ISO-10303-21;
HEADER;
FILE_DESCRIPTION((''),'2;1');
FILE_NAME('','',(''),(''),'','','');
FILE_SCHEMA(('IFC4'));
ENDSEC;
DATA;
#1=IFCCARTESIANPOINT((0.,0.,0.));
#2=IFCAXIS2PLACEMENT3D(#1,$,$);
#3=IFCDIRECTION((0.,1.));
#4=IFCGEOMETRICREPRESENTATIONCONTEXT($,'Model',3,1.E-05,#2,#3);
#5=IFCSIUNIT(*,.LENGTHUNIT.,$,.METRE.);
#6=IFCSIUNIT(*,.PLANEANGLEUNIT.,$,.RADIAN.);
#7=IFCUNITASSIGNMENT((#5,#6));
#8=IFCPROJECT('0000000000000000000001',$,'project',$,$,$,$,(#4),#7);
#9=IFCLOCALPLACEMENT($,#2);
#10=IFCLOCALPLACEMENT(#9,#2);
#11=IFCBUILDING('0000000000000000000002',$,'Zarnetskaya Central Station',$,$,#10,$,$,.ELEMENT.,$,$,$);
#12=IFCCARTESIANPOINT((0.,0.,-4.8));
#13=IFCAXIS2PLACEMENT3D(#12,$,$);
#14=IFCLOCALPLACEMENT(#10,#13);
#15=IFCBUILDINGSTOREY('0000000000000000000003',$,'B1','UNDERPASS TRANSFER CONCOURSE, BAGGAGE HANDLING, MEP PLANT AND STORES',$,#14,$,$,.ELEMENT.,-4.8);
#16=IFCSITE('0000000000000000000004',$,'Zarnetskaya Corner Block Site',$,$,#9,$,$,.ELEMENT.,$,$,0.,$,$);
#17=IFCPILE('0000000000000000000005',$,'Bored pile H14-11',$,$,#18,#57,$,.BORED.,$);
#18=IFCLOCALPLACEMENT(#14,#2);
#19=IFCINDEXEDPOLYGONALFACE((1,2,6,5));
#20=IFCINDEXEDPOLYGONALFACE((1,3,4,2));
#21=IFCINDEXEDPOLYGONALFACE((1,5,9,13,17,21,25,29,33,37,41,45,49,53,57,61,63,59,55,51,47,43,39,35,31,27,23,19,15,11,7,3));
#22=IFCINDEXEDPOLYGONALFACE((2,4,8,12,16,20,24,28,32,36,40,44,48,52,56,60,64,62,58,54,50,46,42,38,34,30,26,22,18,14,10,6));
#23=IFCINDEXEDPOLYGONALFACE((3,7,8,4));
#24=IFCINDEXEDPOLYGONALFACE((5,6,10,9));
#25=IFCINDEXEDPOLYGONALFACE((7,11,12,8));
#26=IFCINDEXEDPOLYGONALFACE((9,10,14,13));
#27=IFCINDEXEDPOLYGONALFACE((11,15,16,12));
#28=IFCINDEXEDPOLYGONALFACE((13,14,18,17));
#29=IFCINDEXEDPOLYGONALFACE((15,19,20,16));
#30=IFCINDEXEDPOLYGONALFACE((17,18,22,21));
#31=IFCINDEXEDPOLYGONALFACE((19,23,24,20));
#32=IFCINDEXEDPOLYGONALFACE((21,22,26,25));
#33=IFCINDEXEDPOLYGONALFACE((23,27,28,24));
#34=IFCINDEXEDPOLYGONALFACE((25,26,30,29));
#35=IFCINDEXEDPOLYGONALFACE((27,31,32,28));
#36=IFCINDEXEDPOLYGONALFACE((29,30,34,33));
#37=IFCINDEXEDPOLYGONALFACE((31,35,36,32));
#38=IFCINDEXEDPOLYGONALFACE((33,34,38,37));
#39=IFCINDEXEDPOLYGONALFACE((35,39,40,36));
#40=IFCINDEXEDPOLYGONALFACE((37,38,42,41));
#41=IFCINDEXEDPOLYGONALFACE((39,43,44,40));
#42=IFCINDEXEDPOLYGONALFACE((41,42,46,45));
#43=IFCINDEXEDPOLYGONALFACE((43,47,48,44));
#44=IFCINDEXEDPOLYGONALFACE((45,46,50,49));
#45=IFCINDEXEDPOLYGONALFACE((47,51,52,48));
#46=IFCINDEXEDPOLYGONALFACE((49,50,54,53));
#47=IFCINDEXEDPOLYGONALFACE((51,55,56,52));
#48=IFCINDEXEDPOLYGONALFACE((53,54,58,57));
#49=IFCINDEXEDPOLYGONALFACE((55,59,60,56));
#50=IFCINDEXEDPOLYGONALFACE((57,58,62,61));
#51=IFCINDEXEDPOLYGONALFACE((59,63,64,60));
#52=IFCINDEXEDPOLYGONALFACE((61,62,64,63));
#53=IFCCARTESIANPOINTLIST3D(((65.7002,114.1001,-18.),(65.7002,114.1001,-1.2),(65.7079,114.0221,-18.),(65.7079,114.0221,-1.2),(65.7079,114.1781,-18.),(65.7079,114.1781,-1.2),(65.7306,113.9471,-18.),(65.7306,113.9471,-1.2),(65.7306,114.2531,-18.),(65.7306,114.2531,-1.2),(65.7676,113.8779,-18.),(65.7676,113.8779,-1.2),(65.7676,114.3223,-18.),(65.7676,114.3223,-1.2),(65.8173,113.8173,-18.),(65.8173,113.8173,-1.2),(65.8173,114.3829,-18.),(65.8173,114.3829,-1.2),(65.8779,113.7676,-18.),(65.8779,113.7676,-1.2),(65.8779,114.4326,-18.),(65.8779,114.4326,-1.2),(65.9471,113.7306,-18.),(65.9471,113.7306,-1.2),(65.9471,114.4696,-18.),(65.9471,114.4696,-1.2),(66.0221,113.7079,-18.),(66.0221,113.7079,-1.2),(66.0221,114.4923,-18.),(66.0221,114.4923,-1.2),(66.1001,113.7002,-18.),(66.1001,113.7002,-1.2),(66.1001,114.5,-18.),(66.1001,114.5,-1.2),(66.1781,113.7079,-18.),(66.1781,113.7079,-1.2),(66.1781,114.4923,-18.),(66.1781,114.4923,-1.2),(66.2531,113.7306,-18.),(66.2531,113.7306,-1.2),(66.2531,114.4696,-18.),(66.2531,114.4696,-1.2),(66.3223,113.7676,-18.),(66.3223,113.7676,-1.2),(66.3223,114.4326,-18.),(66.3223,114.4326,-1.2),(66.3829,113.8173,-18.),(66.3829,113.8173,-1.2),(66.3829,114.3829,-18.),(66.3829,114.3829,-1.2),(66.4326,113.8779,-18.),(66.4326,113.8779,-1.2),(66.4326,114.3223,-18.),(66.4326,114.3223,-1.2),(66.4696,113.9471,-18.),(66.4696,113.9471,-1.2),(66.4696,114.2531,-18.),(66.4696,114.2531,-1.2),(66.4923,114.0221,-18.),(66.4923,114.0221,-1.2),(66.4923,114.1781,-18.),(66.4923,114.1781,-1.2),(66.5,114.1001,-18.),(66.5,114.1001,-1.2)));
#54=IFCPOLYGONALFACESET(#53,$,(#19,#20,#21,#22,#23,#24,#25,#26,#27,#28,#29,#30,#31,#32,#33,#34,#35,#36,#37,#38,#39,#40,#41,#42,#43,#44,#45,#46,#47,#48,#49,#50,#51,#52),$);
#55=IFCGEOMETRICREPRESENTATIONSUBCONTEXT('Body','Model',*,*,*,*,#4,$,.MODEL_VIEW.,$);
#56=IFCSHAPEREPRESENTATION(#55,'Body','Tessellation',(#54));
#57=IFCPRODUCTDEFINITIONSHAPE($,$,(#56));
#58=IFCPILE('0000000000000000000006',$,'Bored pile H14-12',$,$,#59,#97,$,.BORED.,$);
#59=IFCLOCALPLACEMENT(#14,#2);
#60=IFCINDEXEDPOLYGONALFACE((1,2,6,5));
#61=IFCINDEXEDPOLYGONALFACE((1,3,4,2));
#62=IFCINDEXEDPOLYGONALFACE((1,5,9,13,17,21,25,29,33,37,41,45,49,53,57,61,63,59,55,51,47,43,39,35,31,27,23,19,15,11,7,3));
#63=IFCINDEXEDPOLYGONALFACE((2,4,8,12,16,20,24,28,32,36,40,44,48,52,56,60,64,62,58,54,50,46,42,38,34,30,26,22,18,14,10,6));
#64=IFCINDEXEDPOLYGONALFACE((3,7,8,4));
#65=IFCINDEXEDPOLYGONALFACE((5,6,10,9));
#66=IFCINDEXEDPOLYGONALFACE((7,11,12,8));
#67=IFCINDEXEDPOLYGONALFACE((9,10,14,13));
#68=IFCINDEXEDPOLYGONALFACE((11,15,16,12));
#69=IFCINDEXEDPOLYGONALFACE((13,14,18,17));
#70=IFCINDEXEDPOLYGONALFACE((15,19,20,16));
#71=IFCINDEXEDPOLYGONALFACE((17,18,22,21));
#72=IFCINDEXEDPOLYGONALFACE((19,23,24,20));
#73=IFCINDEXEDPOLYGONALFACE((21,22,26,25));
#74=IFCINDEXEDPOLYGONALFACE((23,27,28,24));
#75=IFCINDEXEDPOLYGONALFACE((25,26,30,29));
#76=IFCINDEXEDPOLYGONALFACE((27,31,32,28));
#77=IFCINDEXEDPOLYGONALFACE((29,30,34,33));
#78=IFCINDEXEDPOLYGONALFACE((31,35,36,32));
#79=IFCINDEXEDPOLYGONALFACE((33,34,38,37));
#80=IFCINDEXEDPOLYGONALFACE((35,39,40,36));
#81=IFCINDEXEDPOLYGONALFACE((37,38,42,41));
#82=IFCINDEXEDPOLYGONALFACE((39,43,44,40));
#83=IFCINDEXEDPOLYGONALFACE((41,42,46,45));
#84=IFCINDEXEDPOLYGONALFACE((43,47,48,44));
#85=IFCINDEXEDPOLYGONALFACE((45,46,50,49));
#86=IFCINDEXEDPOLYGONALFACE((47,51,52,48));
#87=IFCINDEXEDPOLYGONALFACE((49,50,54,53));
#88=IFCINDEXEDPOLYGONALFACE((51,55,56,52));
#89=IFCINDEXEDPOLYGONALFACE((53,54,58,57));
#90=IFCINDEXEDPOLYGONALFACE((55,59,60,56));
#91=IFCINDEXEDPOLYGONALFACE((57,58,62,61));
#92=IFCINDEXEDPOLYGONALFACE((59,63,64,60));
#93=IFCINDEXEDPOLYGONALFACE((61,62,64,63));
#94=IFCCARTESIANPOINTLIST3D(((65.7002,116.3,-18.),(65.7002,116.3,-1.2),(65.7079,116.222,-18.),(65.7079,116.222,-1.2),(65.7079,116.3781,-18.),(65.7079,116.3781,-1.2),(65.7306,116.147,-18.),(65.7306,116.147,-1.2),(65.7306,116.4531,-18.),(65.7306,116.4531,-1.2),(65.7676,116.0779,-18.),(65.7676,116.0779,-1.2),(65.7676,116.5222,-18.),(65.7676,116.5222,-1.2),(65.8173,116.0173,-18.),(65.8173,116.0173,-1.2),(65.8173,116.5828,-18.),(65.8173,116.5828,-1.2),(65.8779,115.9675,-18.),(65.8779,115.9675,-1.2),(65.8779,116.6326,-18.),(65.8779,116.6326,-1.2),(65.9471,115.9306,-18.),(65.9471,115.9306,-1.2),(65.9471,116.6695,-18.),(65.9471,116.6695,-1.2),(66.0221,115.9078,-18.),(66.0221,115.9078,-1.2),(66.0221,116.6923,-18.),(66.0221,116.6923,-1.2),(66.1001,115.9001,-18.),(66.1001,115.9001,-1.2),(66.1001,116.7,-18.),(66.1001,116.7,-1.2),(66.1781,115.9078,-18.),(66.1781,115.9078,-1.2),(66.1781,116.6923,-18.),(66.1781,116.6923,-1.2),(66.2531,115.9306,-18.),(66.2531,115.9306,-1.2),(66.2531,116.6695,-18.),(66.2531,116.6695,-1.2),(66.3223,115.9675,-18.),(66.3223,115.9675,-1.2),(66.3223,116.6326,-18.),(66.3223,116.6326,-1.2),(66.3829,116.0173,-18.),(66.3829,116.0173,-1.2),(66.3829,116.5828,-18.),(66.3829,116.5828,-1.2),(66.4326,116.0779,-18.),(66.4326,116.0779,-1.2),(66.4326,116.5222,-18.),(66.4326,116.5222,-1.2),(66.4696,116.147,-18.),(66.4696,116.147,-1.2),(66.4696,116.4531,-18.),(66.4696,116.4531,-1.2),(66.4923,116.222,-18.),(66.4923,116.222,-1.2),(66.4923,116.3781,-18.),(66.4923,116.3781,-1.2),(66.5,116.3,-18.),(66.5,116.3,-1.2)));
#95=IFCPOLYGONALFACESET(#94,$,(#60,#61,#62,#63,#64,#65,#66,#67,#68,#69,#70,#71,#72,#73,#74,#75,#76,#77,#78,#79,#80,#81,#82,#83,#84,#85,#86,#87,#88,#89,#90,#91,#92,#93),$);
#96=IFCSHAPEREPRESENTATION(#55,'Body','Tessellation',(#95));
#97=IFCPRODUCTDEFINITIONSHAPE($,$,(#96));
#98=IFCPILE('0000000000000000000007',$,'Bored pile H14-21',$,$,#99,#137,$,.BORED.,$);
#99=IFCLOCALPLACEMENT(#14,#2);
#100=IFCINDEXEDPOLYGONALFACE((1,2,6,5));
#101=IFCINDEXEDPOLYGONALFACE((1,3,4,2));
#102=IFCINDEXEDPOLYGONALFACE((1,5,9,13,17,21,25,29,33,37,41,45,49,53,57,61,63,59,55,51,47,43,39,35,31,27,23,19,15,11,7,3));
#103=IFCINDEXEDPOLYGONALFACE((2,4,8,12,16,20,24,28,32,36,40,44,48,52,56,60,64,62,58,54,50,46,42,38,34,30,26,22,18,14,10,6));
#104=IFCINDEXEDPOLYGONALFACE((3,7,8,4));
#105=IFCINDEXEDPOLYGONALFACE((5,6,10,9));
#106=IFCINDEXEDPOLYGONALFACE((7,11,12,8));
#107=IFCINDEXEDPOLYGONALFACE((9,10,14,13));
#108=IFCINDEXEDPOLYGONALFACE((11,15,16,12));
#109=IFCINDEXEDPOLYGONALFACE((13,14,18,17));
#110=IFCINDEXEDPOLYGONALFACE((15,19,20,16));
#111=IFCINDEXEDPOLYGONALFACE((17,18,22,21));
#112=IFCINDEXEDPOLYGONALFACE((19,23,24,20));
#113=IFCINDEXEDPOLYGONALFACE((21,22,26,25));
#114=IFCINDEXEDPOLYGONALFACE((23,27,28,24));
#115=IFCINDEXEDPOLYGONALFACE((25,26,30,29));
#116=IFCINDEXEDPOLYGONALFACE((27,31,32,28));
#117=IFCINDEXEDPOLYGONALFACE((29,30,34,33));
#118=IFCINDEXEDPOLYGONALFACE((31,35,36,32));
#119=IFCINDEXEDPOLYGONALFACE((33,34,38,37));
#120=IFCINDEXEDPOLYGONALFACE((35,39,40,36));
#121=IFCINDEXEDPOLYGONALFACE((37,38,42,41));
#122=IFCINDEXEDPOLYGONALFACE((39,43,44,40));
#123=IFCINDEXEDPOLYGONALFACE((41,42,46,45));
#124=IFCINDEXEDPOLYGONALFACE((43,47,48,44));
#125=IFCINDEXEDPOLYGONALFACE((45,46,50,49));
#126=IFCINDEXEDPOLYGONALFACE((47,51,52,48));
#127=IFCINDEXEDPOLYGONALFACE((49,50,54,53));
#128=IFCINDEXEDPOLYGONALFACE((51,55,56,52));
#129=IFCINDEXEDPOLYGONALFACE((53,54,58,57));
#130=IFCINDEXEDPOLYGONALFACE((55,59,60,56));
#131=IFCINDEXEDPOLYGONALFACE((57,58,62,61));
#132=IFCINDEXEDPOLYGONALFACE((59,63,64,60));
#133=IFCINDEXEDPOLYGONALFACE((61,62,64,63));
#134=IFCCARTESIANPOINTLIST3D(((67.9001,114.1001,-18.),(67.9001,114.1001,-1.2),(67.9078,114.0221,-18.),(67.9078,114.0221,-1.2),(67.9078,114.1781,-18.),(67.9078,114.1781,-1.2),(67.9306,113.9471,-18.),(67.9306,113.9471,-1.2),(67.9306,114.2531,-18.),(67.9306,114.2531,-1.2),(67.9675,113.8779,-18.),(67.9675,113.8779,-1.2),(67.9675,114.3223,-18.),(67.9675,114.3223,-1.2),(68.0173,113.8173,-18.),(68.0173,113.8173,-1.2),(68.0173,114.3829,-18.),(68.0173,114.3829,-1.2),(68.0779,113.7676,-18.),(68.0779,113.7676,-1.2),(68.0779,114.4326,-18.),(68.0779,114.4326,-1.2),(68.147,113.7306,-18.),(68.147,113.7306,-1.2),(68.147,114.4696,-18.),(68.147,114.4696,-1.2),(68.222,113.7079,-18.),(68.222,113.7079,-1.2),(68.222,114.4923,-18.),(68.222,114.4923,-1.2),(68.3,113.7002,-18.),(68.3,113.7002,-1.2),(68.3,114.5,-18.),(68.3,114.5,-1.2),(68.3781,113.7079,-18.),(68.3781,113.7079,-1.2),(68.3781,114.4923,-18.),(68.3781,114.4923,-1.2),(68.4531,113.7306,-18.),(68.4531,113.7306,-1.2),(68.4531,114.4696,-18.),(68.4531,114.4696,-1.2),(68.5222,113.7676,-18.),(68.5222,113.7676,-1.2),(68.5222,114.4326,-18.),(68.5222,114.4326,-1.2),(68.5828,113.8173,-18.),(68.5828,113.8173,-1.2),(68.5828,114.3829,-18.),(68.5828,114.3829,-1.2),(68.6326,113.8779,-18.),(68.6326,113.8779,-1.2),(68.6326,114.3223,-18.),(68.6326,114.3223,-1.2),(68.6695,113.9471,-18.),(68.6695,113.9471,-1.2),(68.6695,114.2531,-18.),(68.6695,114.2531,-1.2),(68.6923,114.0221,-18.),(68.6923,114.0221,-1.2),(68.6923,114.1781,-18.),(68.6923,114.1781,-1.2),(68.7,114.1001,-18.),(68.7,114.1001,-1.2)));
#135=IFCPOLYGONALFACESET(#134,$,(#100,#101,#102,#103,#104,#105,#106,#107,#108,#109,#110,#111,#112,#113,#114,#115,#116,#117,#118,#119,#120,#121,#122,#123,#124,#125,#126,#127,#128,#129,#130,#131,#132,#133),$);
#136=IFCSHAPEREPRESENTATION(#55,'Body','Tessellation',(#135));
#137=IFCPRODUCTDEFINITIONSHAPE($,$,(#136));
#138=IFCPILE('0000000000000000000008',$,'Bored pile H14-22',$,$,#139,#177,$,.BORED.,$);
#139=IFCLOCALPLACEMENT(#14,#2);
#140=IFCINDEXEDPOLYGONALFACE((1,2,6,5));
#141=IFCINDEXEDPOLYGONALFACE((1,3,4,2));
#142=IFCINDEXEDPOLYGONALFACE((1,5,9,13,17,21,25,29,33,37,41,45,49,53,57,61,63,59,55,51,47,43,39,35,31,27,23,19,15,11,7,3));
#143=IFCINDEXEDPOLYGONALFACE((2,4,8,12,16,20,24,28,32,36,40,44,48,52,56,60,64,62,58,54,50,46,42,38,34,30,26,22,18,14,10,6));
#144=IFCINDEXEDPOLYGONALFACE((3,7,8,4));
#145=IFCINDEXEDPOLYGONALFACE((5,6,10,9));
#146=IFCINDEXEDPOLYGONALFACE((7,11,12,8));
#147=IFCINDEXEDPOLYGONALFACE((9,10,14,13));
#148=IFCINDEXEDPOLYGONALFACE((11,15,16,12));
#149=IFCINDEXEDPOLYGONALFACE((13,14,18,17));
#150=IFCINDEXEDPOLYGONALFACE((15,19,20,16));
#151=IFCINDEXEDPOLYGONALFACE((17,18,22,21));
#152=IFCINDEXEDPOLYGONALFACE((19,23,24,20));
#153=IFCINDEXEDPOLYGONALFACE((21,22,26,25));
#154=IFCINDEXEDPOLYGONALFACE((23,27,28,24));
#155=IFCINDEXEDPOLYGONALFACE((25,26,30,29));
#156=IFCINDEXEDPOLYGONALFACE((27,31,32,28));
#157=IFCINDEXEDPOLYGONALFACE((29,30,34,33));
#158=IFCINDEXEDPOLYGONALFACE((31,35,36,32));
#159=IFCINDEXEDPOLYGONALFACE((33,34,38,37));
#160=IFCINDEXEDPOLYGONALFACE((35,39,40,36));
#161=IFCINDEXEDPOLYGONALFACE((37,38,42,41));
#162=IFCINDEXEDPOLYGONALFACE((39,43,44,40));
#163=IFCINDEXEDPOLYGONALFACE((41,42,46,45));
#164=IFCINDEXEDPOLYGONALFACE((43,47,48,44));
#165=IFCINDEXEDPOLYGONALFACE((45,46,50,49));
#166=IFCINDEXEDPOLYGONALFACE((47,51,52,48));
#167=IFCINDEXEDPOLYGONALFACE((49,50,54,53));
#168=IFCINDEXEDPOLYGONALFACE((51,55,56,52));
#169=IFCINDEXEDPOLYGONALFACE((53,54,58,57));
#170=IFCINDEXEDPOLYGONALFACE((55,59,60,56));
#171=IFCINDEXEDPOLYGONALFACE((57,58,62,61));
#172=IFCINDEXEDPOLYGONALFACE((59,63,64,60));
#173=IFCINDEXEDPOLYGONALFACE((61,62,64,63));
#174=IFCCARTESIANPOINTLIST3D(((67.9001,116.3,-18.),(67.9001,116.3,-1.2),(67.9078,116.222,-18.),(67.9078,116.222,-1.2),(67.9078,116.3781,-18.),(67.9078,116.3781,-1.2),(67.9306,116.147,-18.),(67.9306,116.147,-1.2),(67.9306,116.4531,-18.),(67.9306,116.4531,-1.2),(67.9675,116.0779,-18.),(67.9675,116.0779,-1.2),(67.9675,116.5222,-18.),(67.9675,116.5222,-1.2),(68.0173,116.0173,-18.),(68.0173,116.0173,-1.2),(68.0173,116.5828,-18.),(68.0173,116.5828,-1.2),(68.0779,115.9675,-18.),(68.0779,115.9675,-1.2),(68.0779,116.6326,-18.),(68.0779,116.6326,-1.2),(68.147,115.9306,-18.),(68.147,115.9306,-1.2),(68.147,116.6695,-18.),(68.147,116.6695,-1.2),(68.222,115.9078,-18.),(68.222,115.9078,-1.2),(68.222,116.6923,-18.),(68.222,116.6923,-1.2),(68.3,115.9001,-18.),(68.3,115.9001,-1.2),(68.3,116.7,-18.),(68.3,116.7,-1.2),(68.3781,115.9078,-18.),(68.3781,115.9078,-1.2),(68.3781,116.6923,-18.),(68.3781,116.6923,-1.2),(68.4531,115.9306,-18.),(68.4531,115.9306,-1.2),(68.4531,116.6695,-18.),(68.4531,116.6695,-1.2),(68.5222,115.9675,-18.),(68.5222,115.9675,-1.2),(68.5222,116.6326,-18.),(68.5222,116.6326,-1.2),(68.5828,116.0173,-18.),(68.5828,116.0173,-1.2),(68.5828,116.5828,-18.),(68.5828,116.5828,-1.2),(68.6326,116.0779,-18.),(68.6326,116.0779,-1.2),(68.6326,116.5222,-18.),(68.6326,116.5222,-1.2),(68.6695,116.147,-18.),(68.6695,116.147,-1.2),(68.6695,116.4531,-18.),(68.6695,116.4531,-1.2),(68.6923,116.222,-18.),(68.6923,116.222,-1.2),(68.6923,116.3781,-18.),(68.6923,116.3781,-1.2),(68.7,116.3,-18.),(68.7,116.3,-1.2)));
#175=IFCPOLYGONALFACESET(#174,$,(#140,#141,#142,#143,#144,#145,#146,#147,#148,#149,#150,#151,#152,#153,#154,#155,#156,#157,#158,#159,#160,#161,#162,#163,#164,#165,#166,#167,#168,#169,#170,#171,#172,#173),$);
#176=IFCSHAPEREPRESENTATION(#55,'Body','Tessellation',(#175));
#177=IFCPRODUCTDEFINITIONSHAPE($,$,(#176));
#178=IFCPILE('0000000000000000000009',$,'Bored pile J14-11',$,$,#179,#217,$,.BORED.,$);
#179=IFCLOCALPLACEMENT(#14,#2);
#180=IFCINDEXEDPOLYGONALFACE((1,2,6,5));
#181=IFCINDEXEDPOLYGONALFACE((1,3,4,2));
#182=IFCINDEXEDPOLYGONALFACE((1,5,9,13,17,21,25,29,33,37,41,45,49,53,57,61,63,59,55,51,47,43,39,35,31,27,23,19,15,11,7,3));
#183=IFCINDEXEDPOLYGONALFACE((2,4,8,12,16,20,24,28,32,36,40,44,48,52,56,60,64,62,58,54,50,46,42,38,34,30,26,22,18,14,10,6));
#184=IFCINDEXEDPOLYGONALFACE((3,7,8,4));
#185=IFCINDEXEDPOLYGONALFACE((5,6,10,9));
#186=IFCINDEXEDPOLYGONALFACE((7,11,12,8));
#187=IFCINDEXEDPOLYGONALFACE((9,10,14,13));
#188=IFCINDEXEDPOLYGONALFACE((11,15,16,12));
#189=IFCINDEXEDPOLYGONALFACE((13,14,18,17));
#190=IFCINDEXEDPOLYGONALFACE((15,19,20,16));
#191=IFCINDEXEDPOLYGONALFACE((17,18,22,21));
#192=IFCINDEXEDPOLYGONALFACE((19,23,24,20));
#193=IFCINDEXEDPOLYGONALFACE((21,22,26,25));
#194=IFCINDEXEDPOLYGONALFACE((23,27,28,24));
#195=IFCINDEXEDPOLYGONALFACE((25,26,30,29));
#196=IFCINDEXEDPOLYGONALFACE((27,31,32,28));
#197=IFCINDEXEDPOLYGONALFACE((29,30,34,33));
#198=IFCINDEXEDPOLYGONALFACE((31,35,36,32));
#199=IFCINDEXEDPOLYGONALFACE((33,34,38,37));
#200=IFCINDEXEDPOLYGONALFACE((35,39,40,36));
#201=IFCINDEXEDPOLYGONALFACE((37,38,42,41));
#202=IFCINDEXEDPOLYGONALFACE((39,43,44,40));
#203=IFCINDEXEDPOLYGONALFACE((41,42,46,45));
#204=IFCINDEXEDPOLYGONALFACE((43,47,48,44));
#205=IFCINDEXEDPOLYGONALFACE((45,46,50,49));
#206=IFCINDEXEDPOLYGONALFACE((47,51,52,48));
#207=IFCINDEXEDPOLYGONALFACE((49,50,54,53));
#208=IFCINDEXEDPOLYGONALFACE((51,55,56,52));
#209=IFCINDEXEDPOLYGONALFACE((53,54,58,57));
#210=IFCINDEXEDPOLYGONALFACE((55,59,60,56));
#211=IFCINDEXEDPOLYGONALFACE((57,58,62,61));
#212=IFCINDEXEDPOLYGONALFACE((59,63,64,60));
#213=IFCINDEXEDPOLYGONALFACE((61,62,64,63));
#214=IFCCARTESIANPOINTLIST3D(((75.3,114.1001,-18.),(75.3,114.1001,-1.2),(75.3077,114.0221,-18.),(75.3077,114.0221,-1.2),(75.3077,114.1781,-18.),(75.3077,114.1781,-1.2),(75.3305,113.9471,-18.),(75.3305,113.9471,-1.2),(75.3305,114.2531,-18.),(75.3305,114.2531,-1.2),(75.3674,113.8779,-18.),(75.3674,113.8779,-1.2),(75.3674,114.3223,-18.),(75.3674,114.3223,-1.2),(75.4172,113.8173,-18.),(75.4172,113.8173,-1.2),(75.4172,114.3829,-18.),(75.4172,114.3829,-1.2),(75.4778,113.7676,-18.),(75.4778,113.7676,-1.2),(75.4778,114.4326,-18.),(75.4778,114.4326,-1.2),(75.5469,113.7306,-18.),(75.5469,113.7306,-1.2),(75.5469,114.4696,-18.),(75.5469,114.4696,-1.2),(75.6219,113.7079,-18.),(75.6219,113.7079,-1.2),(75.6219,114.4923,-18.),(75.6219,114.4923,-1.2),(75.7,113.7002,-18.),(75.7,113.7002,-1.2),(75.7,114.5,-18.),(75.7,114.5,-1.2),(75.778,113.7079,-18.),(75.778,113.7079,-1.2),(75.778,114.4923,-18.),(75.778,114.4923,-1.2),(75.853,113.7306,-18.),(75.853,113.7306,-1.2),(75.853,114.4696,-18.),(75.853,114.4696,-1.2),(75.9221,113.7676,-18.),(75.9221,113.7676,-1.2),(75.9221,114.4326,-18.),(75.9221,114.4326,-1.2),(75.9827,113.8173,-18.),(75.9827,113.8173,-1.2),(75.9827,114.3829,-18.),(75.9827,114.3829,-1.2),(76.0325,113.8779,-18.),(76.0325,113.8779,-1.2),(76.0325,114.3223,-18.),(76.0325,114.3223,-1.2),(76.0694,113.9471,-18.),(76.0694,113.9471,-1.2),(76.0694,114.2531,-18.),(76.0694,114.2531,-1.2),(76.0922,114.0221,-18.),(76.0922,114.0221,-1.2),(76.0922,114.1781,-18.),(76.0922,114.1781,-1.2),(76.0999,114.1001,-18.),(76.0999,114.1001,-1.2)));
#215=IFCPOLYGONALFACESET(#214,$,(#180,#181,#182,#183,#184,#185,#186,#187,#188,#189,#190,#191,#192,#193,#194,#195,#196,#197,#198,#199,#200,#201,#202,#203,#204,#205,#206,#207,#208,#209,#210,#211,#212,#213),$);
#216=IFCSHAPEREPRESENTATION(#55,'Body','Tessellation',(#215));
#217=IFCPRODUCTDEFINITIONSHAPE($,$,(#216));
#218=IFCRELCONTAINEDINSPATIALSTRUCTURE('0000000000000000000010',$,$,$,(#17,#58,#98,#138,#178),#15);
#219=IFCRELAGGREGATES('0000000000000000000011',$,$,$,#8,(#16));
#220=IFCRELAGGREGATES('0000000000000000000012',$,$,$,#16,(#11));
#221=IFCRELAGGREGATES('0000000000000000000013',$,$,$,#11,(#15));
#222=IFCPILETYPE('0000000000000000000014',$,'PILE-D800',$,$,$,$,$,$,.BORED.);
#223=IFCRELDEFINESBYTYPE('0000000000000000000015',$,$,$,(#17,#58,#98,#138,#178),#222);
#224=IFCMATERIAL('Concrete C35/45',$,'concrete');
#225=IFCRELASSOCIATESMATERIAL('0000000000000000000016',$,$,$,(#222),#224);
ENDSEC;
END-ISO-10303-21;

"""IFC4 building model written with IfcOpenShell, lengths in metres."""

from ifc_helpers import new_model, si_unit, direction, frame, origin, origin_2d, place, context, subcontext, project, spatial, circle, extrude, material, material_profile, profile_set, type_object, element, save


model = new_model("IFC4")

# Units and contexts
model_context = context("Model", 3, precision=1e-05, world=origin(), true_north=direction((0.0, 1.0)))
body_context = subcontext(model_context, "Body", "Model", "MODEL_VIEW")
ifc_project = project(units=[si_unit("LENGTHUNIT", "METRE"), si_unit("PLANEANGLEUNIT", "RADIAN")], contexts=[model_context])

# Site, building, storey
site_placement = place(None, origin())
site = spatial("IfcSite", under=ifc_project, at=site_placement, Name="Zarnetskaya Corner Block Site", CompositionType="ELEMENT", RefElevation=0.0)
building_placement = place(site_placement, origin())
building = spatial("IfcBuilding", under=site, at=building_placement, Name="Zarnetskaya Central Station", CompositionType="ELEMENT")
storey_placement = place(building_placement, frame((0.0, 0.0, -4.8)))
storey = spatial("IfcBuildingStorey", under=building, at=storey_placement, Name="B1", Description="UNDERPASS TRANSFER CONCOURSE, BAGGAGE HANDLING, MEP PLANT AND STORES", CompositionType="ELEMENT", Elevation=-4.8)

# Shared definitions
ifc_material = material(Name="Concrete C35/45", Category="concrete")

# Piles
ifc_material_profile_1 = material_profile(ifc_material, circle(Radius=0.3999, at=origin_2d()), Name="BORED PILE D800")
ifc_profile_set_1 = profile_set([ifc_material_profile_1], Name="Concrete C35/45")
pile_type_1 = type_object("IfcPileType", Name="PILE-D800", PredefinedType="BORED", material=ifc_profile_set_1)
for number, where, z_axis, x_axis, name in (
    (1, (66.1001, 114.1001, -1.2), (0.0, 0.0, -1.0), (1.0, 0.0, 0.0), "Bored pile H14-11"),
    (2, (66.1001, 116.3, -1.2), (0.0, 0.0, -1.0), (1.0, 0.0, 0.0), "Bored pile H14-12"),
    (3, (68.3, 114.1001, -1.2), (0.0, 0.0, -1.0), (1.0, 0.0, 0.0), "Bored pile H14-21"),
    (4, (68.3, 116.3, -1.2), (0.0, 0.0, -1.0), (1.0, 0.0, 0.0), "Bored pile H14-22"),
    (5, (75.7, 114.1001, -1.2), (0.0, 0.0, -1.0), (1.0, 0.0, 0.0), "Bored pile J14-11"),
):
    element("IfcPile", number, at=place(storey_placement, frame(where, z_axis=z_axis, x_axis=x_axis)), inside=storey, type_object=pile_type_1, Name=name, PredefinedType="BORED", context=body_context, shape_type="SweptSolid", body=[
        extrude(circle(Radius=0.3999, at=origin_2d()), origin(), (0.0, 0.0, 1.0), 16.8),
    ])

save(model, "model.ifc")
